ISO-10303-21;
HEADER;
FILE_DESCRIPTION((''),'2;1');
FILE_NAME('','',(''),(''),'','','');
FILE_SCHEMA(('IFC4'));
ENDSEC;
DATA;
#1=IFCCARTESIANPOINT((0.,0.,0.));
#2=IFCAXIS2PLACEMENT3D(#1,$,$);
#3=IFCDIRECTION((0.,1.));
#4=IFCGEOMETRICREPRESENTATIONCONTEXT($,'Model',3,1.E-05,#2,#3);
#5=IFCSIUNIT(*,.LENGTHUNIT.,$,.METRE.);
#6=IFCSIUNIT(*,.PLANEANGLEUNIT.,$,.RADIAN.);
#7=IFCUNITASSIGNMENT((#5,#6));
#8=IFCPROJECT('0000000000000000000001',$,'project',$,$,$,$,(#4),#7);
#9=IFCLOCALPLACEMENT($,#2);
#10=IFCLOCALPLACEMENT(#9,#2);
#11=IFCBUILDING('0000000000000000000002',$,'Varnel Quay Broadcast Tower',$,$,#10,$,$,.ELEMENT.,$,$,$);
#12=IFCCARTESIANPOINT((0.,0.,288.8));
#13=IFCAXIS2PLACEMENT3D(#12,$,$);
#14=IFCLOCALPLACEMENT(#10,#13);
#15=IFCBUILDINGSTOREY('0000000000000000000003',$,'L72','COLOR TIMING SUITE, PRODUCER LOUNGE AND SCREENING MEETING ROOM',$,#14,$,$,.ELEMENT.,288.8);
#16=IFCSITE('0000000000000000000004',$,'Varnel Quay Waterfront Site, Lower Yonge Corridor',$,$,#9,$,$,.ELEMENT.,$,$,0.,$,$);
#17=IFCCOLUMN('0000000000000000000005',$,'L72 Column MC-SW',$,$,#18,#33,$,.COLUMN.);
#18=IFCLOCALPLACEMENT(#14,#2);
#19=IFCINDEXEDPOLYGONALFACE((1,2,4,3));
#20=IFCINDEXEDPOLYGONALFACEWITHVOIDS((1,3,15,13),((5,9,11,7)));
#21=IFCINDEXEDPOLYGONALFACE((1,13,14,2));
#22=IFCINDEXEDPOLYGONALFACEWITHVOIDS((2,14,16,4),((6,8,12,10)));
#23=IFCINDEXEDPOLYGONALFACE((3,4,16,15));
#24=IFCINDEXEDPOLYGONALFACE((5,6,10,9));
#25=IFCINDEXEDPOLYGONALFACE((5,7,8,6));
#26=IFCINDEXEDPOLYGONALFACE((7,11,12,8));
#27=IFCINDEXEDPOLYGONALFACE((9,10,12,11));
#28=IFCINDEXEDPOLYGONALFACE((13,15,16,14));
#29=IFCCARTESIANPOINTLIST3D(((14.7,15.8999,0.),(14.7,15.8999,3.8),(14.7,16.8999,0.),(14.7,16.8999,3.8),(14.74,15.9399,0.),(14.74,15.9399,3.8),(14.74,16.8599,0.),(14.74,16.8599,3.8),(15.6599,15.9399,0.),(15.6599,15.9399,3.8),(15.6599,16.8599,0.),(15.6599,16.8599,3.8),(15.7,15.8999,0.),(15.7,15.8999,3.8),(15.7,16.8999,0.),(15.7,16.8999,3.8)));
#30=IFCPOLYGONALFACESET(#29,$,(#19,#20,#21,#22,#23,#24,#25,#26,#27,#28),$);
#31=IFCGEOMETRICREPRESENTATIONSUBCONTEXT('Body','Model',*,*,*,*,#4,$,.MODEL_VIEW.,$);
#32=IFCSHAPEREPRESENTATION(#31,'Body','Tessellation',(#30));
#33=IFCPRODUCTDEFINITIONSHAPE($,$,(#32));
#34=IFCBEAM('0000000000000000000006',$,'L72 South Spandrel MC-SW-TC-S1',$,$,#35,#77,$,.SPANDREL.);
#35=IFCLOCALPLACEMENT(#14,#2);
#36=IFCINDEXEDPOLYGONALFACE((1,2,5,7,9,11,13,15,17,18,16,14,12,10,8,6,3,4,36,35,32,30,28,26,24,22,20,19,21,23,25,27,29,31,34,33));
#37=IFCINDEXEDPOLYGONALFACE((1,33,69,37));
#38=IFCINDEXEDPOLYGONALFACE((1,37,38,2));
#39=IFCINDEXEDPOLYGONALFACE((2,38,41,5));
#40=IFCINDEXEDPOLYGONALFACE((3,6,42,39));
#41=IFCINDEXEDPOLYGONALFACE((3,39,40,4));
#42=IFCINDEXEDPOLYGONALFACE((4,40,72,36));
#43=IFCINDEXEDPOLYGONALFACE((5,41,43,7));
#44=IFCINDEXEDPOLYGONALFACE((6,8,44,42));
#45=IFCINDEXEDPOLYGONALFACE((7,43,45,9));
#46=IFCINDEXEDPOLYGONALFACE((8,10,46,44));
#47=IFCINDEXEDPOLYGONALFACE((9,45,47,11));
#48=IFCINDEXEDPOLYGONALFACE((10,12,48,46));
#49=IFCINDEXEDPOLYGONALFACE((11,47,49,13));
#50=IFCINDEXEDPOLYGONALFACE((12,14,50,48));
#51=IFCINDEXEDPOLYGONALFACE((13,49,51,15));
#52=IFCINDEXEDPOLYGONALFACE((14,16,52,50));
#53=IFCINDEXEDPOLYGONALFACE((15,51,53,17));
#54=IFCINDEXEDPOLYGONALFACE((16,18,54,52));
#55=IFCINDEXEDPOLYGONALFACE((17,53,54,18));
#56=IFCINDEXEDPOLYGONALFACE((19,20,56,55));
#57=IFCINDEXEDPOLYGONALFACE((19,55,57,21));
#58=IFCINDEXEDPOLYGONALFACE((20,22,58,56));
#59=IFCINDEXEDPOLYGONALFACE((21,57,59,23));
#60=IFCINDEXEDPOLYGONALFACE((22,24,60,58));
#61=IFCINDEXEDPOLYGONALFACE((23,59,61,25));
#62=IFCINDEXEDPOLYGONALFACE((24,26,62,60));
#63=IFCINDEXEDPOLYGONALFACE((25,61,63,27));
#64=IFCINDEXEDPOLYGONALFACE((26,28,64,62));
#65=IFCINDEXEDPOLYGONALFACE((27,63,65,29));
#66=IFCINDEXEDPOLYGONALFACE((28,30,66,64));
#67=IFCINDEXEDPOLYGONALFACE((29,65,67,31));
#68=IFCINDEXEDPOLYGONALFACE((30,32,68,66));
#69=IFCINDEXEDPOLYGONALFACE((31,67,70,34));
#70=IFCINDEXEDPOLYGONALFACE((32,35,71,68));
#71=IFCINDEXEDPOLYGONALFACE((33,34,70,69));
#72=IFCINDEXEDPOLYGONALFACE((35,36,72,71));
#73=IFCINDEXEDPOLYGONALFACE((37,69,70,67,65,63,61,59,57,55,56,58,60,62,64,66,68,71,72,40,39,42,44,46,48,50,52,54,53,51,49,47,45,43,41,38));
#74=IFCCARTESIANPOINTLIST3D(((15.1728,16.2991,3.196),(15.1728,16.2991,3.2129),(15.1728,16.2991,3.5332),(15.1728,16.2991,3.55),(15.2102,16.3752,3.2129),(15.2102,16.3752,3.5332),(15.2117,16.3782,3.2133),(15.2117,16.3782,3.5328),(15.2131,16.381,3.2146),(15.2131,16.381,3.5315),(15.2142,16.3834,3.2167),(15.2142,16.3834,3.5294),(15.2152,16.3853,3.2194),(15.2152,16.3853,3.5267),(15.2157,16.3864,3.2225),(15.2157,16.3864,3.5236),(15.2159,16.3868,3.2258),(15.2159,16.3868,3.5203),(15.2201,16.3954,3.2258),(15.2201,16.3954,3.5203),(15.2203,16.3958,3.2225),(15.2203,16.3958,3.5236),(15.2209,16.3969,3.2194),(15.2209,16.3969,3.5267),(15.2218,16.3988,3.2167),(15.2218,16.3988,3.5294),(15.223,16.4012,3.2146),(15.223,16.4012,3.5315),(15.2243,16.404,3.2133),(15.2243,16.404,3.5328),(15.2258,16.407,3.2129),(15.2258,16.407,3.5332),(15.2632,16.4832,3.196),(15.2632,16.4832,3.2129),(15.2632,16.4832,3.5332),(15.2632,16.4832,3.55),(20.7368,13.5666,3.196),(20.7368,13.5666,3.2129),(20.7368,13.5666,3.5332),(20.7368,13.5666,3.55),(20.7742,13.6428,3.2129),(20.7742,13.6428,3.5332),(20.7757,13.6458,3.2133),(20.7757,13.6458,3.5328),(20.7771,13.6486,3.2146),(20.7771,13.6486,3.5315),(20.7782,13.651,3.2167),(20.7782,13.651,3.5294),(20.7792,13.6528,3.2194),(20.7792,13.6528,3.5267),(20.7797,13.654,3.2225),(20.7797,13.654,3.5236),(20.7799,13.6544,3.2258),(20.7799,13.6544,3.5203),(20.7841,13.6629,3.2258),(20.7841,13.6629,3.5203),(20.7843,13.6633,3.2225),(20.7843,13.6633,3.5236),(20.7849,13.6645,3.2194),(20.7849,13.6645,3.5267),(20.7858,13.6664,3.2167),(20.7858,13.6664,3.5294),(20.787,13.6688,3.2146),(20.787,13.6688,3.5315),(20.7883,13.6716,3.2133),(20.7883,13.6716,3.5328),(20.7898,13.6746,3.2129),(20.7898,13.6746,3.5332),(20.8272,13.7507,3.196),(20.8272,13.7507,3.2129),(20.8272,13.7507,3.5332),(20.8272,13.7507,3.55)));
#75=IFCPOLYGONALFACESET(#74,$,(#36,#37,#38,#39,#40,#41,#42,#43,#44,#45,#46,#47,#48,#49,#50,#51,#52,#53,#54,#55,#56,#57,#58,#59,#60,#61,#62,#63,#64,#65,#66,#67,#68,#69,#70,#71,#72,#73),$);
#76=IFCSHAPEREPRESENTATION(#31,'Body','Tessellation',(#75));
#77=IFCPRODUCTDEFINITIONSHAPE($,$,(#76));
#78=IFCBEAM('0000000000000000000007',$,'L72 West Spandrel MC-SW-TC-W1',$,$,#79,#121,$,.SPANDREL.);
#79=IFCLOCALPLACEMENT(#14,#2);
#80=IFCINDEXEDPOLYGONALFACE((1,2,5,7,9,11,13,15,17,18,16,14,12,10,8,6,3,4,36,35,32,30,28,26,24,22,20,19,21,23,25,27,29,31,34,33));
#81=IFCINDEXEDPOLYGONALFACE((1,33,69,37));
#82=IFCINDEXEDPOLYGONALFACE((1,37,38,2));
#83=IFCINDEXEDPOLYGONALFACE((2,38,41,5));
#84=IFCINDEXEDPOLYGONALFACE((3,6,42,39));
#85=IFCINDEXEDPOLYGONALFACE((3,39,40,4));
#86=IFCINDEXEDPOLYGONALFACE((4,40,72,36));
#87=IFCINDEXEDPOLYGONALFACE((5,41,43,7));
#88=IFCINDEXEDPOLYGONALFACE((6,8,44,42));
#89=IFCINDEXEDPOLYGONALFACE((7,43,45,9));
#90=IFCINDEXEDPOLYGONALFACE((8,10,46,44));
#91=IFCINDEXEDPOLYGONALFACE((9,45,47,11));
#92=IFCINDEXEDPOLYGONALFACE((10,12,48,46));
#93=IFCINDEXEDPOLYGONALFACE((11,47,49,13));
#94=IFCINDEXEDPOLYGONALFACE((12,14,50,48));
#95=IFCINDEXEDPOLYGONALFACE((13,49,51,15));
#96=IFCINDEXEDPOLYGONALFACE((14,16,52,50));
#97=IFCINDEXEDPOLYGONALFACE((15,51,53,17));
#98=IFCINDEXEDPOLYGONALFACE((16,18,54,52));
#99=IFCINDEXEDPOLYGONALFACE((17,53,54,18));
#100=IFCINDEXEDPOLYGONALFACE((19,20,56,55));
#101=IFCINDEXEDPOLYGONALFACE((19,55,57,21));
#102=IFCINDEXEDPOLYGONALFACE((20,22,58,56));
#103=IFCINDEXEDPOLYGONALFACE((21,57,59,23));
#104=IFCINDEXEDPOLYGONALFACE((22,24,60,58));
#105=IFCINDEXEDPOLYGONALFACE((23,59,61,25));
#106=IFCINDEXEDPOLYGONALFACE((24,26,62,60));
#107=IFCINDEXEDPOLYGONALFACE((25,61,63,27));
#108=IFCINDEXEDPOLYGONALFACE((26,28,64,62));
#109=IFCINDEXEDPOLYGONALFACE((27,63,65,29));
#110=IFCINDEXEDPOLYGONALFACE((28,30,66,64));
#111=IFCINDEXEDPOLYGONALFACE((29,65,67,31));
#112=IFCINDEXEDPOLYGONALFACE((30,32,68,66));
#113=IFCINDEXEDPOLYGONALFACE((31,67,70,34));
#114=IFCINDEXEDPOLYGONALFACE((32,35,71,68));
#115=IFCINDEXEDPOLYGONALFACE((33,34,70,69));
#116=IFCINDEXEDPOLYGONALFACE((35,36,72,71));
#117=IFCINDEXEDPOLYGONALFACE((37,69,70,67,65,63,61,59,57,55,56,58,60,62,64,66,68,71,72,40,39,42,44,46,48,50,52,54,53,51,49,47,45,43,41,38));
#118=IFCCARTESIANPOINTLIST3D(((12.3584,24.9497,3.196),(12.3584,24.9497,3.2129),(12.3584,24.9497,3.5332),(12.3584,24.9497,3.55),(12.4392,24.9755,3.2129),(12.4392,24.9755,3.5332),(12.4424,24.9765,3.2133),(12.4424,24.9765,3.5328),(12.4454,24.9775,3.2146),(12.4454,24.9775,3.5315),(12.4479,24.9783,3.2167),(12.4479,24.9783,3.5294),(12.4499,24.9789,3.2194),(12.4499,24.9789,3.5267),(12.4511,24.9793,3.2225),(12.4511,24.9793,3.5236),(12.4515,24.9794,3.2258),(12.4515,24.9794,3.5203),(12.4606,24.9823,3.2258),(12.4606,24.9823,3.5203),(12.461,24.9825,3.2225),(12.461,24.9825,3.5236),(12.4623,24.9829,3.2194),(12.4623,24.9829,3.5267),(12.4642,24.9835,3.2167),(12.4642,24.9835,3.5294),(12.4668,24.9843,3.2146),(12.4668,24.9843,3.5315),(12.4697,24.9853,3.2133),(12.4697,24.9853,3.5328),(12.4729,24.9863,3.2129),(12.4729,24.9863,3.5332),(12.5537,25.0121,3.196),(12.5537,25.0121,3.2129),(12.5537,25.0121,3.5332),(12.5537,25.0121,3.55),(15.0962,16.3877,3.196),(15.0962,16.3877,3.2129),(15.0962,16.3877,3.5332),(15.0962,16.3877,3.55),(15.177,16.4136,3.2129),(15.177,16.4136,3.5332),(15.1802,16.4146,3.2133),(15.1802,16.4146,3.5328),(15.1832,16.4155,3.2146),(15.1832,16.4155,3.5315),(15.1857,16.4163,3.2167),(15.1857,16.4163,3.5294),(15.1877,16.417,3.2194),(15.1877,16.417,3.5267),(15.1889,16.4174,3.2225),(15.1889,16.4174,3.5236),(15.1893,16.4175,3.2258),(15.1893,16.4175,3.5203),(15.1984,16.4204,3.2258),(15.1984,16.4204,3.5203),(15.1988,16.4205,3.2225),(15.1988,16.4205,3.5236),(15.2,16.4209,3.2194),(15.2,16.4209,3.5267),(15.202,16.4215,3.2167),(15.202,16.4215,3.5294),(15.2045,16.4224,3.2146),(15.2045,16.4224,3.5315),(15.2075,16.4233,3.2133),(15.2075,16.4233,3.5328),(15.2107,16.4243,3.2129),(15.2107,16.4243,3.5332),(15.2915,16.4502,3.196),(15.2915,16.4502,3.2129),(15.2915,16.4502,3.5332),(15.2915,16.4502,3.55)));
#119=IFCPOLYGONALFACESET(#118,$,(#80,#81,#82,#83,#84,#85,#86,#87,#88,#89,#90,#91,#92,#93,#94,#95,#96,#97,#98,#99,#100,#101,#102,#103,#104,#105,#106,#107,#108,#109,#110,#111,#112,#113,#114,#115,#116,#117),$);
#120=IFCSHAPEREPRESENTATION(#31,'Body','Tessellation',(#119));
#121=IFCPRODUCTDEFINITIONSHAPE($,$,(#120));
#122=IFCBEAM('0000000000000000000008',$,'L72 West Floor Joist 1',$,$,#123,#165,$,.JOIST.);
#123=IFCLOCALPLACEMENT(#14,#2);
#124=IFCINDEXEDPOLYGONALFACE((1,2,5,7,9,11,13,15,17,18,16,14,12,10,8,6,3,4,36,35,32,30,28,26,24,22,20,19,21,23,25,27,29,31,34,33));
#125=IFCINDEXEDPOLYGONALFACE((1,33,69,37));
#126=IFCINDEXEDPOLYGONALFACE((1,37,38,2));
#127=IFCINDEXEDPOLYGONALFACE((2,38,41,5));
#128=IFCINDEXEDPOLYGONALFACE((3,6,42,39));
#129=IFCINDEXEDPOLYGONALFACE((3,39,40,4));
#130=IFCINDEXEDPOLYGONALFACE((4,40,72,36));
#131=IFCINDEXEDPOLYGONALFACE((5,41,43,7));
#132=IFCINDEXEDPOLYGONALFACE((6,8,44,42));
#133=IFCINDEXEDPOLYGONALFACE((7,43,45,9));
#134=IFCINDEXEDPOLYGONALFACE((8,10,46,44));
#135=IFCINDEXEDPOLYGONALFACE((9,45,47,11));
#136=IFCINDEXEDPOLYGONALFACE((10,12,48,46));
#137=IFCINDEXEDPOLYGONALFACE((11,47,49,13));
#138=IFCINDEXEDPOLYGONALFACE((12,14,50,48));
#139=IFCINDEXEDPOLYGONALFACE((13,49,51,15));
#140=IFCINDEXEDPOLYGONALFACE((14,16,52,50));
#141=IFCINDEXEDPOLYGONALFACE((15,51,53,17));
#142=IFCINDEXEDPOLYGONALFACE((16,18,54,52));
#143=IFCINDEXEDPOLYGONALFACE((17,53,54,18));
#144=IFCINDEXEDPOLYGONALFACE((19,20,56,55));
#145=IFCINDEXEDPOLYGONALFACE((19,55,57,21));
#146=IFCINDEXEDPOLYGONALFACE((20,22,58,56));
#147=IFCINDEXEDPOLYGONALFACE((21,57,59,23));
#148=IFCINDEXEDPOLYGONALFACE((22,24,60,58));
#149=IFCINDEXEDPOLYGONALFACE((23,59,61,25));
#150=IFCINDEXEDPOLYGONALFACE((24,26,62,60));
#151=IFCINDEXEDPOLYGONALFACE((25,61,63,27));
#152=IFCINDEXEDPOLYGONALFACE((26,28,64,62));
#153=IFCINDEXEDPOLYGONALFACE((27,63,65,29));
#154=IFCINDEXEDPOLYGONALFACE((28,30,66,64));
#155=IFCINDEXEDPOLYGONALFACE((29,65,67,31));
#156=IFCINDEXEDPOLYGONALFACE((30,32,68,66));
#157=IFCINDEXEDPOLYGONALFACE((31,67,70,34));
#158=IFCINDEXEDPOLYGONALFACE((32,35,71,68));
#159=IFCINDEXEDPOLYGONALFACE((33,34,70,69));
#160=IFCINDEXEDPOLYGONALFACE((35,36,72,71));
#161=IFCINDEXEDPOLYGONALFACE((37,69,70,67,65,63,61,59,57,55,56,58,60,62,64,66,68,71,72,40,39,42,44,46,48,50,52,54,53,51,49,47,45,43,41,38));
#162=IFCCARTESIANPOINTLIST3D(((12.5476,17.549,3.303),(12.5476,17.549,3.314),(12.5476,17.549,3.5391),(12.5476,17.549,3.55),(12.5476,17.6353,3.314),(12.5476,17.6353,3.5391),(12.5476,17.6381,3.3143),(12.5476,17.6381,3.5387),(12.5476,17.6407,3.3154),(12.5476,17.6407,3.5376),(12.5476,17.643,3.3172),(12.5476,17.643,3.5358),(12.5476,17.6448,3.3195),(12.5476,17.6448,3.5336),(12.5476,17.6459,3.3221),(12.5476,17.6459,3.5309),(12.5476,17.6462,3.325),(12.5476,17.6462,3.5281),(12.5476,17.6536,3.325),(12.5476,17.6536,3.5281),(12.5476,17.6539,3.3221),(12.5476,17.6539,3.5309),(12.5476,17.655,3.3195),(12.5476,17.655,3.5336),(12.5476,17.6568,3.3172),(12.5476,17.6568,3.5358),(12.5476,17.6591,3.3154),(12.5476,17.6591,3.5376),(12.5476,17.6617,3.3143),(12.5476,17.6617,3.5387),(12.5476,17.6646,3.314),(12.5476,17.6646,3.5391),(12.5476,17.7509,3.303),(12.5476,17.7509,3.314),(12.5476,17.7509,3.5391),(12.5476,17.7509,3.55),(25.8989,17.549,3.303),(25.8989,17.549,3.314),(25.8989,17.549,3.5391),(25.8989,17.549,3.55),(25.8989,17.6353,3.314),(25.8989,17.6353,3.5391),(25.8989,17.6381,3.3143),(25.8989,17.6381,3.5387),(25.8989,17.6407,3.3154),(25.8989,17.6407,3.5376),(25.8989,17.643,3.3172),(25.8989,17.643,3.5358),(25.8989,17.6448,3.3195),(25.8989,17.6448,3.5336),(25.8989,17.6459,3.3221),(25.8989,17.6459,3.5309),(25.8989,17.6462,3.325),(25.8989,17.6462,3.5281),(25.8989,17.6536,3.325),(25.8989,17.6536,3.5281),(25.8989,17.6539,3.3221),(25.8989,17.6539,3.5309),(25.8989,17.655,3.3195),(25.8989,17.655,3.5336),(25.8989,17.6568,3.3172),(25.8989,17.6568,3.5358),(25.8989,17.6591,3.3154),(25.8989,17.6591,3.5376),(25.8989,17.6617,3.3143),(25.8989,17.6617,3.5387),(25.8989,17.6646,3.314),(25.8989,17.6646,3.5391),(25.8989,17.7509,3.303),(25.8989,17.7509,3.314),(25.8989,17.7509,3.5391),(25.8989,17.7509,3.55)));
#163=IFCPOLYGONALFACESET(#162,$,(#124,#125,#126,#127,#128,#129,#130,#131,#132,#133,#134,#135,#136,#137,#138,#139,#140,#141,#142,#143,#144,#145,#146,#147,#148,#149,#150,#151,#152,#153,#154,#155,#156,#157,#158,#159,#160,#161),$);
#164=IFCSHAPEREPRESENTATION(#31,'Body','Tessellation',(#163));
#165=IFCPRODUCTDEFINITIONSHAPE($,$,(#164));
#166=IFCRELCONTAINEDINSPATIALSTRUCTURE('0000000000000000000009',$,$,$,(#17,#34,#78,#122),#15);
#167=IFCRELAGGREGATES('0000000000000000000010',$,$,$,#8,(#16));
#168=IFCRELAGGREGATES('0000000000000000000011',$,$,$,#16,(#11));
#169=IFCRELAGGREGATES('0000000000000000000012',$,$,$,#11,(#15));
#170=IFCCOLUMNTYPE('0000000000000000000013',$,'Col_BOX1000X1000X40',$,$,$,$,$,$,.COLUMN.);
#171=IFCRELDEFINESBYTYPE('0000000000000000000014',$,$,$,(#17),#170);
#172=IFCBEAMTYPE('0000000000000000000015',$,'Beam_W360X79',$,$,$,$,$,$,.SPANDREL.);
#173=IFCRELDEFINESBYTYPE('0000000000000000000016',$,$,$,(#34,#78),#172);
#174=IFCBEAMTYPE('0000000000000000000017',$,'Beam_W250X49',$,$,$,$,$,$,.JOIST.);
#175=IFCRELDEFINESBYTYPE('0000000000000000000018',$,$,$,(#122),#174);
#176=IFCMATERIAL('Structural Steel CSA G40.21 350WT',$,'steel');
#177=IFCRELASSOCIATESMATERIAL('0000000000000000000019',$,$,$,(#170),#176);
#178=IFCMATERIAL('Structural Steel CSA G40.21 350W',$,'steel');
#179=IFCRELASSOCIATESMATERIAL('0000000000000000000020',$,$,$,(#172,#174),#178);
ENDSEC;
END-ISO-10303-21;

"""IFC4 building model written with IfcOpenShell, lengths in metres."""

from ifc_helpers import new_model, si_unit, direction, frame, origin, origin_2d, place, context, subcontext, project, spatial, hollow_rectangle, i_section, extrude, source, transform, mapped, material, material_profile, profile_set, type_object, type_shapes, element, save


model = new_model("IFC4")

# Units and contexts
model_context = context("Model", 3, precision=1e-05, world=origin(), true_north=direction((0.0, 1.0)))
body_context = subcontext(model_context, "Body", "Model", "MODEL_VIEW")
ifc_project = project(units=[si_unit("LENGTHUNIT", "METRE"), si_unit("PLANEANGLEUNIT", "RADIAN")], contexts=[model_context])

# Site, building, storey
site_placement = place(None, origin())
site = spatial("IfcSite", under=ifc_project, at=site_placement, Name="Varnel Quay Waterfront Site, Lower Yonge Corridor", CompositionType="ELEMENT", RefElevation=0.0)
building_placement = place(site_placement, origin())
building = spatial("IfcBuilding", under=site, at=building_placement, Name="Varnel Quay Broadcast Tower", CompositionType="ELEMENT")
storey_placement = place(building_placement, frame((0.0, 0.0, 288.8)))
storey = spatial("IfcBuildingStorey", under=building, at=storey_placement, Name="L72", Description="COLOR TIMING SUITE, PRODUCER LOUNGE AND SCREENING MEETING ROOM", CompositionType="ELEMENT", Elevation=288.8)

# Column
ifc_material_1 = material(Name="Structural Steel CSA G40.21 350WT", Category="steel")
ifc_material_profile_1 = material_profile(ifc_material_1, hollow_rectangle(XDim=1.0, YDim=1.0, WallThickness=0.04, at=origin_2d()), Name="BOX1000X1000X40")
ifc_profile_set_1 = profile_set([ifc_material_profile_1], Name="Structural Steel CSA G40.21 350WT")
column_type = type_object("IfcColumnType", Name="Col_BOX1000X1000X40", PredefinedType="COLUMN", material=ifc_profile_set_1)
shared_shape_1 = source(origin(), body_context, "Body", "SweptSolid", [
    extrude(hollow_rectangle(XDim=1.0, YDim=1.0, WallThickness=0.04, at=origin_2d()), origin(), (0.0, 0.0, 1.0), 3.8),
])
type_shapes(column_type, [shared_shape_1])
column_placement = place(storey_placement, frame((15.2, 16.3999, 0.0), z_axis=(0.0, 0.0, 1.0), x_axis=(1.0, 0.0, 0.0)))
element("IfcColumn", 1, at=column_placement, inside=storey, type_object=column_type, Name="L72 Column MC-SW", PredefinedType="COLUMN", context=body_context, shape_type="MappedRepresentation", body=[
    mapped(shared_shape_1, transform((0.0, 0.0, 0.0), x_axis=(1.0, 0.0, 0.0), y_axis=(0.0, 1.0, 0.0), z_axis=(0.0, 0.0, 1.0), scale=1.0)),
])

# Beams
ifc_material_2 = material(Name="Structural Steel CSA G40.21 350W", Category="steel")
ifc_material_profile_2 = material_profile(ifc_material_2, i_section(OverallWidth=0.2051, OverallDepth=0.354, WebThickness=0.0095, FlangeThickness=0.0168, FilletRadius=0.0129, at=origin_2d()), Name="W360X79")
ifc_profile_set_2 = profile_set([ifc_material_profile_2], Name="Structural Steel CSA G40.21 350W")
beam_type_1 = type_object("IfcBeamType", Name="Beam_W360X79", PredefinedType="SPANDREL", material=ifc_profile_set_2)
shared_shape_2 = source(origin(), body_context, "Body", "SweptSolid", [
    extrude(i_section(OverallWidth=0.2051, OverallDepth=0.354, WebThickness=0.0095, FlangeThickness=0.0168, FilletRadius=0.0129, at=origin_2d()), origin(), (0.0, 0.0, 1.0), 6.1987),
])
beam_1_placement = place(storey_placement, frame((15.218, 16.3911, 3.373), z_axis=(0.897602, -0.440806, 0.0), x_axis=(0.440806, 0.897602, 0.0)))
element("IfcBeam", 2, at=beam_1_placement, inside=storey, type_object=beam_type_1, Name="L72 South Spandrel MC-SW-TC-S1", PredefinedType="SPANDREL", context=body_context, shape_type="MappedRepresentation", body=[
    mapped(shared_shape_2, transform((0.0, 0.0, 0.0), x_axis=(1.0, 0.0, 0.0), y_axis=(0.0, 1.0, 0.0), z_axis=(0.0, 0.0, 1.0), scale=1.0)),
])
shared_shape_3 = source(origin(), body_context, "Body", "SweptSolid", [
    extrude(i_section(OverallWidth=0.2051, OverallDepth=0.354, WebThickness=0.0095, FlangeThickness=0.0168, FilletRadius=0.0129, at=origin_2d()), origin(), (0.0, 0.0, 1.0), 8.989),
])
type_shapes(beam_type_1, [shared_shape_2, shared_shape_3])
beam_2_placement = place(storey_placement, frame((15.1938, 16.4189, 3.373), z_axis=(-0.304569, 0.95249, 0.0), x_axis=(-0.95249, -0.304569, 0.0)))
element("IfcBeam", 3, at=beam_2_placement, inside=storey, type_object=beam_type_1, Name="L72 West Spandrel MC-SW-TC-W1", PredefinedType="SPANDREL", context=body_context, shape_type="MappedRepresentation", body=[
    mapped(shared_shape_3, transform((0.0, 0.0, 0.0), x_axis=(1.0, 0.0, 0.0), y_axis=(0.0, 1.0, 0.0), z_axis=(0.0, 0.0, 1.0), scale=1.0)),
])
ifc_material_profile_3 = material_profile(ifc_material_2, i_section(OverallWidth=0.2019, OverallDepth=0.2471, WebThickness=0.0073, FlangeThickness=0.011, FilletRadius=0.011, at=origin_2d()), Name="W250X49")
ifc_profile_set_3 = profile_set([ifc_material_profile_3], Name="Structural Steel CSA G40.21 350W")
beam_type_2 = type_object("IfcBeamType", Name="Beam_W250X49", PredefinedType="JOIST", material=ifc_profile_set_3)
shared_shape_4 = source(origin(), body_context, "Body", "SweptSolid", [
    extrude(i_section(OverallWidth=0.2019, OverallDepth=0.2471, WebThickness=0.0073, FlangeThickness=0.011, FilletRadius=0.011, at=origin_2d()), origin(), (0.0, 0.0, 1.0), 13.3513),
])
type_shapes(beam_type_2, [shared_shape_4])
beam_3_placement = place(storey_placement, frame((12.5476, 17.6499, 3.4265), z_axis=(1.0, 0.0, 0.0), x_axis=(0.0, 1.0, 0.0)))
element("IfcBeam", 4, at=beam_3_placement, inside=storey, type_object=beam_type_2, Name="L72 West Floor Joist 1", PredefinedType="JOIST", context=body_context, shape_type="MappedRepresentation", body=[
    mapped(shared_shape_4, transform((0.0, 0.0, 0.0), x_axis=(1.0, 0.0, 0.0), y_axis=(0.0, 1.0, 0.0), z_axis=(0.0, 0.0, 1.0), scale=1.0)),
])

save(model, "model.ifc")
